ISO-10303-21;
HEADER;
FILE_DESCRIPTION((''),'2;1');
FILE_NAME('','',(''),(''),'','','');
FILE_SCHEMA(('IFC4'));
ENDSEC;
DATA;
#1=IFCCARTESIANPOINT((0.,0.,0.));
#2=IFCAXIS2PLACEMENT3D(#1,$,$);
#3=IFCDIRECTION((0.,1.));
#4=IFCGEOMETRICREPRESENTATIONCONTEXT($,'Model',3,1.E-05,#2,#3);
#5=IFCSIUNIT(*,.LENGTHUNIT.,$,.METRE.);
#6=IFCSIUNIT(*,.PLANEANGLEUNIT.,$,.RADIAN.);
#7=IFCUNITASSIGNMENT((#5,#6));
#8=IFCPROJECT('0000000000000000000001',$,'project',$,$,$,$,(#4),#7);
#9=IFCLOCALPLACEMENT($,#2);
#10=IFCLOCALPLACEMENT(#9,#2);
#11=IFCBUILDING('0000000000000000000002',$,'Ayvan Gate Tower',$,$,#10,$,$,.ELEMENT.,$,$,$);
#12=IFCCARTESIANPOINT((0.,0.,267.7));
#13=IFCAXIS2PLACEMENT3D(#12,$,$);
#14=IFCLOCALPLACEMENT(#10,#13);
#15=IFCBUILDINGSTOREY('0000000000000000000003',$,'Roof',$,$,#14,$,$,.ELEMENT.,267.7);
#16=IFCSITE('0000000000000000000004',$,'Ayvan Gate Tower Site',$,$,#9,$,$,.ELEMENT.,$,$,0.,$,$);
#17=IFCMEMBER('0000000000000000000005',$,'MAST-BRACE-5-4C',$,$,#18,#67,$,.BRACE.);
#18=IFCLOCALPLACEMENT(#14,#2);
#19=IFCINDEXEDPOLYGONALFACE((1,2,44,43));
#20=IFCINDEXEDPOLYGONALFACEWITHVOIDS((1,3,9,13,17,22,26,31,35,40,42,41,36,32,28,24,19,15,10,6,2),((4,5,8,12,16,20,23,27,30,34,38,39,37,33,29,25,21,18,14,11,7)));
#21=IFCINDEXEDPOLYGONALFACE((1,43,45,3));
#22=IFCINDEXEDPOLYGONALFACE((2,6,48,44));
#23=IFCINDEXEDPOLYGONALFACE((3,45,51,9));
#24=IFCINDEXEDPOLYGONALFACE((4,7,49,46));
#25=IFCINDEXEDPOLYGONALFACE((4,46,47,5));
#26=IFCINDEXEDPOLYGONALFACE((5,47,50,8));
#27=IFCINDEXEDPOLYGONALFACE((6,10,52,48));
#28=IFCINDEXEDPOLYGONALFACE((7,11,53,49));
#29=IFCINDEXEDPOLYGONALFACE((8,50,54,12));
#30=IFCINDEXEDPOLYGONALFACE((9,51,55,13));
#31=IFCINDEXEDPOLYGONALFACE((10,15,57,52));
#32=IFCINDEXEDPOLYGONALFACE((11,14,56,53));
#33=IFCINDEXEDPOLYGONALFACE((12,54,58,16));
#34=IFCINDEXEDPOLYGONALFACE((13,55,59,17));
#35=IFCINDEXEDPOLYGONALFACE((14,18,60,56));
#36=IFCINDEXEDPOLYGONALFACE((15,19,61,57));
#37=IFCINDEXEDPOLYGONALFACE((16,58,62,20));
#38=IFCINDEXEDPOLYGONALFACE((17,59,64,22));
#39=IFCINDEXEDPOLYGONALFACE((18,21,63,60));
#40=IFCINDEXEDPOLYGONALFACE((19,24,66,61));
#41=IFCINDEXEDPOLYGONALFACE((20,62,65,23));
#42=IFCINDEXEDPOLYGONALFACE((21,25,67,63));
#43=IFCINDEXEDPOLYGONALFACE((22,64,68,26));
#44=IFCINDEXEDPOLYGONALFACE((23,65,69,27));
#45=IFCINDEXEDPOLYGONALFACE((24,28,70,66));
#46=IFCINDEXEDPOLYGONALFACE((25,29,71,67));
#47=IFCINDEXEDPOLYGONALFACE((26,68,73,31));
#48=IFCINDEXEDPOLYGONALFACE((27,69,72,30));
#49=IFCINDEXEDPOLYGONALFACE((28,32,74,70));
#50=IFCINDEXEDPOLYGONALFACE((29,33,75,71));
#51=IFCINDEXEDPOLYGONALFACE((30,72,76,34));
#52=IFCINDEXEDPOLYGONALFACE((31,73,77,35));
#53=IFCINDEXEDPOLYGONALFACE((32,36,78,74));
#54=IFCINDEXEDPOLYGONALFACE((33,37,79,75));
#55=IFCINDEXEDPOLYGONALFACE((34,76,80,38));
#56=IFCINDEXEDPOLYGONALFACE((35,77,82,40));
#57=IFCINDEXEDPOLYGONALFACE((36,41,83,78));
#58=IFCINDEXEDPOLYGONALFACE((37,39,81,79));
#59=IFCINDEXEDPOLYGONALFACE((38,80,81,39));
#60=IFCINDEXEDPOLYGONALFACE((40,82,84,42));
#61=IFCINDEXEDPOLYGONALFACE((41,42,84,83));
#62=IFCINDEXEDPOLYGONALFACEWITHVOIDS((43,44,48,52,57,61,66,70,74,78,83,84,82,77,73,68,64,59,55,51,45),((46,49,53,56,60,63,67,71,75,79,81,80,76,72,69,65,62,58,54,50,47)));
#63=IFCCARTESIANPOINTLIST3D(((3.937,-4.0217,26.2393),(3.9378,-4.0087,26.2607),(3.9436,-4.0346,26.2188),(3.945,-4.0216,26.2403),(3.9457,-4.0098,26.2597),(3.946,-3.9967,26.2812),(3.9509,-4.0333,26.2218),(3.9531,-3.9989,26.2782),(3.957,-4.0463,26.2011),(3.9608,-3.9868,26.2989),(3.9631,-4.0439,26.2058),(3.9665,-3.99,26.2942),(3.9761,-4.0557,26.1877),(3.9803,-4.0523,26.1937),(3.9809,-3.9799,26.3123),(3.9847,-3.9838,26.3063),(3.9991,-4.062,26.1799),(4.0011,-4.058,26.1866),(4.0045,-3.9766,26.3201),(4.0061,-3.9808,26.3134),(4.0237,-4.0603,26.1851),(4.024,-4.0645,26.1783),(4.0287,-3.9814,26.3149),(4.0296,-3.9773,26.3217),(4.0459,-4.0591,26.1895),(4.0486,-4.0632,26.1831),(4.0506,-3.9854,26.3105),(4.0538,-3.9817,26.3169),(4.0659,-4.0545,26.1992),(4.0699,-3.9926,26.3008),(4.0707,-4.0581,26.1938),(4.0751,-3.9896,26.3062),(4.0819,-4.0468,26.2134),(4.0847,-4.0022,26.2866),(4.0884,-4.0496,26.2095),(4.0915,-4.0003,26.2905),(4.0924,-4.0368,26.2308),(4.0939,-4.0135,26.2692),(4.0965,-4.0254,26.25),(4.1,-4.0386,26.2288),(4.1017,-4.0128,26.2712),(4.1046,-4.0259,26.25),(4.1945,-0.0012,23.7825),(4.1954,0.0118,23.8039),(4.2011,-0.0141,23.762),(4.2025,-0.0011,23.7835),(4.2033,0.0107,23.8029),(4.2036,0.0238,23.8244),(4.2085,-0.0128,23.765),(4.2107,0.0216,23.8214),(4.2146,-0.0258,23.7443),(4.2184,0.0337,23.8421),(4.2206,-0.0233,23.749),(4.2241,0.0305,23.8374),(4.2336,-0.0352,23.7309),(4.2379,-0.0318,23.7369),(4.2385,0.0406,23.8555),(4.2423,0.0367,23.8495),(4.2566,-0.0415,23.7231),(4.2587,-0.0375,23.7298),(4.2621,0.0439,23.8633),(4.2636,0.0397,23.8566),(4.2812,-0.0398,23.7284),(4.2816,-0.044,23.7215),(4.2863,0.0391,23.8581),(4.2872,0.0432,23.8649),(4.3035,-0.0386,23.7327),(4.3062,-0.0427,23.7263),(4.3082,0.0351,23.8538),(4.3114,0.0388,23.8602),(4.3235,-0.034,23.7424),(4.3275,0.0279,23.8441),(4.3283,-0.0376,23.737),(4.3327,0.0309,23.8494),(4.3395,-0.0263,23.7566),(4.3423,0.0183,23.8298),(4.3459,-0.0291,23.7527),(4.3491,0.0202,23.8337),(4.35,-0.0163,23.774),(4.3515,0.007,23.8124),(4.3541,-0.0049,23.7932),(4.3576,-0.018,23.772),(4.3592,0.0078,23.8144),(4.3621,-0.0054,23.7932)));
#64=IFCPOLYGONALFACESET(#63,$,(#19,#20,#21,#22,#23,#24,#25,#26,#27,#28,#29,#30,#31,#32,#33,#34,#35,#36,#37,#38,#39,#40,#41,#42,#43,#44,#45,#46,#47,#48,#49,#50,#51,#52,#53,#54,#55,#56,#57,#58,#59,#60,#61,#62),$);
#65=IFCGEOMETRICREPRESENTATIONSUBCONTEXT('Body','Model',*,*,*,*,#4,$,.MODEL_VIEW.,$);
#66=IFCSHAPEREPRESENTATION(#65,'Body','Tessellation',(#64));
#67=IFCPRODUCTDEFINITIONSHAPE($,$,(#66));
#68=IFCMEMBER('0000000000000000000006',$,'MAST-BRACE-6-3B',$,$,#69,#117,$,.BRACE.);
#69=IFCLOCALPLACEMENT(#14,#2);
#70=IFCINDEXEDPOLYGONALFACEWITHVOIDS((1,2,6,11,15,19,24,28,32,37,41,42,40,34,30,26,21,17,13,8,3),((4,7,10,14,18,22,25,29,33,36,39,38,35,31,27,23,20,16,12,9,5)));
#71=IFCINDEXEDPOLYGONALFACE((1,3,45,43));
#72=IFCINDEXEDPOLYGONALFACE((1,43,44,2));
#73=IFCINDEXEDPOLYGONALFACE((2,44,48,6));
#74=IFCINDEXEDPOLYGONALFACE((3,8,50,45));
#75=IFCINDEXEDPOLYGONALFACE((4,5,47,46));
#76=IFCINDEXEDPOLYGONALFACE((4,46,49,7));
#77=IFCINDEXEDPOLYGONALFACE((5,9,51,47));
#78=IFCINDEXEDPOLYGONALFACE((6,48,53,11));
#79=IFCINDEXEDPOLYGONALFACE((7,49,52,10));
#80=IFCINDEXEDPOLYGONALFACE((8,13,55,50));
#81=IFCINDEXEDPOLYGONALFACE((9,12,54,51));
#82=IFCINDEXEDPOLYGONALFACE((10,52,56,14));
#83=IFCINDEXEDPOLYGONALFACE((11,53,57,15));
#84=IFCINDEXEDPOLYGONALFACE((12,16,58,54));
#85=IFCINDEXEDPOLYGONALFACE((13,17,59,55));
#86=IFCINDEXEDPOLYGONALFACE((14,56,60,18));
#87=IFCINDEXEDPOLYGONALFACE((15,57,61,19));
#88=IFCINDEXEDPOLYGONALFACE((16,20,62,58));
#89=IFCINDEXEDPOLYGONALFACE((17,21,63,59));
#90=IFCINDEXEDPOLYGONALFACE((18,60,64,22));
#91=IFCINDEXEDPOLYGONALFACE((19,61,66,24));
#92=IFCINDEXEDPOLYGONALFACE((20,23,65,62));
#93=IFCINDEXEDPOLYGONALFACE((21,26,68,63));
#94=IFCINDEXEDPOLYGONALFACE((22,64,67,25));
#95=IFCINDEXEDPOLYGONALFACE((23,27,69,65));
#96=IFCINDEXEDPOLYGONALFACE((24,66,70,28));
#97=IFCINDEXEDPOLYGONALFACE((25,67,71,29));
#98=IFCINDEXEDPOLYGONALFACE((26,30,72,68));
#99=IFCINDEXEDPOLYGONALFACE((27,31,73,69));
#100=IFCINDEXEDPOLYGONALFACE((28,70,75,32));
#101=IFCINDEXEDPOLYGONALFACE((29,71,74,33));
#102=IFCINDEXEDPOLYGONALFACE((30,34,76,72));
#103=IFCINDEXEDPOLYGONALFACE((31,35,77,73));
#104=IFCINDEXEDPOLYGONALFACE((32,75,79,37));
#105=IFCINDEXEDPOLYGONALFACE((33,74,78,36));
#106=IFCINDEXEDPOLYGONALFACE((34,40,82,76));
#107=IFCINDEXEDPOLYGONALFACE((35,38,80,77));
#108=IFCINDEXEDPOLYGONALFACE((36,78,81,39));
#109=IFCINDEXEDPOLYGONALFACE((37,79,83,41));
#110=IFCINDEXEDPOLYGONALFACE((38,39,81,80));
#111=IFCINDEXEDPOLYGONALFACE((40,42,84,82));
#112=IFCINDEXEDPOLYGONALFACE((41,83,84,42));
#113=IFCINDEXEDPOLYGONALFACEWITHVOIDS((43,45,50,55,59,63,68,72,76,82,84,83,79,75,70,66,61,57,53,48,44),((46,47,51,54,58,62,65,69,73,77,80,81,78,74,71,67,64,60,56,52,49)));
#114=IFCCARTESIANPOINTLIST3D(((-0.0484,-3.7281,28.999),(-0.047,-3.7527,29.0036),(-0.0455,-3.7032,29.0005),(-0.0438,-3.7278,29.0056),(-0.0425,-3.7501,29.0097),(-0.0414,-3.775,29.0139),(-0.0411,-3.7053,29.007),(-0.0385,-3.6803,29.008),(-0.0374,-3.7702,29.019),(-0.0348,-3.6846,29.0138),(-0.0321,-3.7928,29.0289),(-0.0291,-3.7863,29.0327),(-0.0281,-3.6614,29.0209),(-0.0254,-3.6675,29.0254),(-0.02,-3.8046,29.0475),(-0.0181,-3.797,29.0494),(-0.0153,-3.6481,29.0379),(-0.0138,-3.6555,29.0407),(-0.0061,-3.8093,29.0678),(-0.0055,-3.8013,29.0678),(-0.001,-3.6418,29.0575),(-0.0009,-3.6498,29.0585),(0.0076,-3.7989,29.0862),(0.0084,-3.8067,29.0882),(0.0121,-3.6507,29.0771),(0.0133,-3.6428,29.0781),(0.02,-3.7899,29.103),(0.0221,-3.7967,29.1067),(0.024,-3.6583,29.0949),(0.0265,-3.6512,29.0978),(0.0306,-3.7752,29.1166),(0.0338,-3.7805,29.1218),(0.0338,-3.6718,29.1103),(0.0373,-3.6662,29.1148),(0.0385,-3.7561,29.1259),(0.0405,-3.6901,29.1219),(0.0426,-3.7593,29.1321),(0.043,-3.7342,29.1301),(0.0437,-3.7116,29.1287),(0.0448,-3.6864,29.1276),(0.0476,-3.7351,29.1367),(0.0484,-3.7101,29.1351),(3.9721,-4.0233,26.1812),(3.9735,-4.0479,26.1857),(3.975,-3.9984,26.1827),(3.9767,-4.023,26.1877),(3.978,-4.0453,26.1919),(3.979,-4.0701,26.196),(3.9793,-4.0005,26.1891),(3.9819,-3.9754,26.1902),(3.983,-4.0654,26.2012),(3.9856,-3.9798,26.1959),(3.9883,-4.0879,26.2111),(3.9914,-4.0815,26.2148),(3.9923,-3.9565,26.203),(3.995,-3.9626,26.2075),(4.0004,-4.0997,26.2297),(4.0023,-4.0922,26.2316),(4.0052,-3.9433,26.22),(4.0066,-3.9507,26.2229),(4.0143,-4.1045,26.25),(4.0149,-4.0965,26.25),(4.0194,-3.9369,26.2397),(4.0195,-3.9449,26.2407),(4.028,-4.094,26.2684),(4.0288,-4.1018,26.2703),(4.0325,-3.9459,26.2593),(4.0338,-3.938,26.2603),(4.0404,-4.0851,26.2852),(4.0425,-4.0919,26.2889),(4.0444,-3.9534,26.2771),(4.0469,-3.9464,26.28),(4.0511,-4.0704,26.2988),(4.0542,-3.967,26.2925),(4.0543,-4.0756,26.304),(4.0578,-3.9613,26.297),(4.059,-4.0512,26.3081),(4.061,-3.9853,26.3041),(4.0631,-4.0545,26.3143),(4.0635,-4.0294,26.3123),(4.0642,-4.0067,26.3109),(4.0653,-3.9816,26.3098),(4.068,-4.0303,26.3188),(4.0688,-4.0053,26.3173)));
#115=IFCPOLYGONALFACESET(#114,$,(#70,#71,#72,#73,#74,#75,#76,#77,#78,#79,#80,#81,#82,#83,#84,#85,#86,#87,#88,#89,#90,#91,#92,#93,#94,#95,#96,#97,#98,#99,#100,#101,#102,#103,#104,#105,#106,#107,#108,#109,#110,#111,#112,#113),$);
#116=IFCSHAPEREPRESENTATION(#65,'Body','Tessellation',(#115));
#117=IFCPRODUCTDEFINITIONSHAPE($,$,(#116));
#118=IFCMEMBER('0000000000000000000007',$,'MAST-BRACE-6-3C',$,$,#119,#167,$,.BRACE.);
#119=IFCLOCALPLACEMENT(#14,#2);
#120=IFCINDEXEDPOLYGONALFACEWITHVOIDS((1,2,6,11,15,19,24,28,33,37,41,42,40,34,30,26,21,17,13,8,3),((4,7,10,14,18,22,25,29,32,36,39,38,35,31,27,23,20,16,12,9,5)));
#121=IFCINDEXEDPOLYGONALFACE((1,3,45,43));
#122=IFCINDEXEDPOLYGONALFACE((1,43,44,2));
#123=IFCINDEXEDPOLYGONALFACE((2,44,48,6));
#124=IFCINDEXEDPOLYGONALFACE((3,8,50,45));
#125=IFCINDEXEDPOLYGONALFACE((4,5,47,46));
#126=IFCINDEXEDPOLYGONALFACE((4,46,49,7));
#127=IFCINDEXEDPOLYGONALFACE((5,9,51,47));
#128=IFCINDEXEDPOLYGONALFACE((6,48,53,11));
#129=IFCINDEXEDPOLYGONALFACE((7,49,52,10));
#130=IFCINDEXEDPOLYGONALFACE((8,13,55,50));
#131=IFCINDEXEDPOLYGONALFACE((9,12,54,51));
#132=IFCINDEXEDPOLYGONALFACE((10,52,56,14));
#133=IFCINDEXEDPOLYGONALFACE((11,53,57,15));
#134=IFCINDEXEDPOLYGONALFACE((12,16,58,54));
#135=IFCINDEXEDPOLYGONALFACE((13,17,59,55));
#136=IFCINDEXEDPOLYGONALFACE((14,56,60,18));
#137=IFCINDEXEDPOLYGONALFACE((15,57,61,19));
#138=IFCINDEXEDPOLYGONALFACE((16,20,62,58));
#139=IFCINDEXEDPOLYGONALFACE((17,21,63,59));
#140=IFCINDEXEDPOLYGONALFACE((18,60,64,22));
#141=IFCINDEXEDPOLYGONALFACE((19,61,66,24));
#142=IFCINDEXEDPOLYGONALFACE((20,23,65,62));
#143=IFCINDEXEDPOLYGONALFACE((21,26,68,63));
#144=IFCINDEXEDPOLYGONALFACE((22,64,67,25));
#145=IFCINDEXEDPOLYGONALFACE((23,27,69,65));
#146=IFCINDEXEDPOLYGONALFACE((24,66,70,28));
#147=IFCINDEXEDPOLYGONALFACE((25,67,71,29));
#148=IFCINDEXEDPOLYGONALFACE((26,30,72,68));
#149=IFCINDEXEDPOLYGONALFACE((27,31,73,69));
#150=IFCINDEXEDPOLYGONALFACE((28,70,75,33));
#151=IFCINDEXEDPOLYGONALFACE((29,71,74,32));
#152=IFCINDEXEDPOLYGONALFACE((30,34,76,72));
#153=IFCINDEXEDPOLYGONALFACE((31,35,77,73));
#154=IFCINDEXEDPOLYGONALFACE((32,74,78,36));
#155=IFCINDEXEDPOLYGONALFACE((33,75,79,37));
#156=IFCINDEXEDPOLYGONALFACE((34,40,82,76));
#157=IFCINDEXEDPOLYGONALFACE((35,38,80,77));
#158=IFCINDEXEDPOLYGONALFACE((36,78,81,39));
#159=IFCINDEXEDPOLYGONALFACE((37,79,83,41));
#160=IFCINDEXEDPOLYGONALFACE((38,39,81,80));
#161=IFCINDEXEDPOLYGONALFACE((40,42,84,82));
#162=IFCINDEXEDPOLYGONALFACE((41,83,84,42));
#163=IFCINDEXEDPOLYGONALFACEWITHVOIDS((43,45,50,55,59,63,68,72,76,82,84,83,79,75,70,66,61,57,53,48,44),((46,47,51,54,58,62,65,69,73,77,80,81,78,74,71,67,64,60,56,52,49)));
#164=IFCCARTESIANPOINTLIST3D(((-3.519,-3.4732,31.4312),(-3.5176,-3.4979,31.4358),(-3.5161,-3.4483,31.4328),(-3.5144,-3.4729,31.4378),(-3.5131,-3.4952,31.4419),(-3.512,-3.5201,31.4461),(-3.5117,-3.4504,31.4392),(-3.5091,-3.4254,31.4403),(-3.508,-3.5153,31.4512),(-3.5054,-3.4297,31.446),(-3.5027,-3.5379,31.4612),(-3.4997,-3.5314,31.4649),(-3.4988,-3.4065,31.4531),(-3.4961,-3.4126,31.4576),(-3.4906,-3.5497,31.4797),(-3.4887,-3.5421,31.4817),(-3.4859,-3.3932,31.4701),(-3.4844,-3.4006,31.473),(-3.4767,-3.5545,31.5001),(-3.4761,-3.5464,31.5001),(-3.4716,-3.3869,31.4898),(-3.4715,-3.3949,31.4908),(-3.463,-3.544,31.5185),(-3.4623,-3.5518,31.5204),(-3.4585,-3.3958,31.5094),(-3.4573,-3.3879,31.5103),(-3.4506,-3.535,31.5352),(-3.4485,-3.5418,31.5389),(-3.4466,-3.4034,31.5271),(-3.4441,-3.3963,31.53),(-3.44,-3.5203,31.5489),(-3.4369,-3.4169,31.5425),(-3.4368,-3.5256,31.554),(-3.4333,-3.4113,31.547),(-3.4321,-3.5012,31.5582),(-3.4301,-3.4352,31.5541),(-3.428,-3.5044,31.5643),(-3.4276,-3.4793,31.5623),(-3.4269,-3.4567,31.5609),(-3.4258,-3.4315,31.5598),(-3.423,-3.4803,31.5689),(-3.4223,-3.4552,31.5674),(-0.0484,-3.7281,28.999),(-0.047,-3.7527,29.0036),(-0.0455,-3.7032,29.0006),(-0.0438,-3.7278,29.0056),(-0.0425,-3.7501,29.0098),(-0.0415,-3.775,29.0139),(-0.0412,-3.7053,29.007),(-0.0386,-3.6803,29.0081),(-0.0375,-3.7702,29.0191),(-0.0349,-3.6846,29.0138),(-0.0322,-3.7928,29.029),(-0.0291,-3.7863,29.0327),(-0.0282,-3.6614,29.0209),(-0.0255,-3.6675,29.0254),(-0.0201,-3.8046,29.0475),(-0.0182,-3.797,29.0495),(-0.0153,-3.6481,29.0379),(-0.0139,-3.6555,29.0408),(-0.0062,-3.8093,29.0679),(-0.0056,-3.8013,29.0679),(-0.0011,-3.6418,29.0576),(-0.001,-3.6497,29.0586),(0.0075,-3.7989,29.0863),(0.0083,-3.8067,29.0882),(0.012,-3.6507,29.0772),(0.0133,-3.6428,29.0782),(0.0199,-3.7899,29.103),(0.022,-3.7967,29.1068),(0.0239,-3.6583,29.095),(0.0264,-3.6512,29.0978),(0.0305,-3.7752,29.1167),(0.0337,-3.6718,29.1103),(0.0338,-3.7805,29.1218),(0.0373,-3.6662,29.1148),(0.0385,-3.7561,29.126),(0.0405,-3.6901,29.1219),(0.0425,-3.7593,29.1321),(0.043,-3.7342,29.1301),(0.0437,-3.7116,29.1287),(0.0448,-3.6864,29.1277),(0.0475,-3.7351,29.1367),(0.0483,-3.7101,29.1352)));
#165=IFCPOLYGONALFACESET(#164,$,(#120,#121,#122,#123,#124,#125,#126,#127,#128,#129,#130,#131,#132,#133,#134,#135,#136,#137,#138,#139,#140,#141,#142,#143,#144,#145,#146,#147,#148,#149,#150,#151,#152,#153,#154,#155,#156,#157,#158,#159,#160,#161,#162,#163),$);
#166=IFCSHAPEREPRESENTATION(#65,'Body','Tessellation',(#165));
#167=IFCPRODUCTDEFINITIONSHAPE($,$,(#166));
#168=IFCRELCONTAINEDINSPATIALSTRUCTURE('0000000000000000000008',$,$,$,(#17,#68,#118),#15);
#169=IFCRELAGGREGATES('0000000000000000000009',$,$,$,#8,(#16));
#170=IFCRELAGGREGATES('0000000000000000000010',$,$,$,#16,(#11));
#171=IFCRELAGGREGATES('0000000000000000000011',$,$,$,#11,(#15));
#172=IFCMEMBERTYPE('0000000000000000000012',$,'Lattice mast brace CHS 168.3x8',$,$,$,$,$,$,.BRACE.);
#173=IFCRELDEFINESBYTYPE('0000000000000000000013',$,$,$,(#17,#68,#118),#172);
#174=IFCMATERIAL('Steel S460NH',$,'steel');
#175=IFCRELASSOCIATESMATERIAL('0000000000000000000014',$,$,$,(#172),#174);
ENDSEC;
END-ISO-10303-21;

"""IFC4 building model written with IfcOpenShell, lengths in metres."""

from ifc_helpers import new_model, si_unit, direction, frame, origin, origin_2d, place, context, subcontext, project, spatial, hollow_circle, extrude, material, material_profile, profile_set, type_object, element, save


model = new_model("IFC4")

# Units and contexts
model_context = context("Model", 3, precision=1e-05, world=origin(), true_north=direction((0.0, 1.0)))
body_context = subcontext(model_context, "Body", "Model", "MODEL_VIEW")
ifc_project = project(units=[si_unit("LENGTHUNIT", "METRE"), si_unit("PLANEANGLEUNIT", "RADIAN")], contexts=[model_context])

# Site, building, storey
site_placement = place(None, origin())
site = spatial("IfcSite", under=ifc_project, at=site_placement, Name="Ayvan Gate Tower Site", CompositionType="ELEMENT", RefElevation=0.0)
building_placement = place(site_placement, origin())
building = spatial("IfcBuilding", under=site, at=building_placement, Name="Ayvan Gate Tower", CompositionType="ELEMENT")
storey_placement = place(building_placement, frame((0.0, 0.0, 267.7)))
storey = spatial("IfcBuildingStorey", under=building, at=storey_placement, Name="Roof", CompositionType="ELEMENT", Elevation=267.7)

# Members
ifc_material_1 = material(Name="Steel S460NH", Category="steel")
ifc_material_profile_1 = material_profile(ifc_material_1, hollow_circle(Radius=0.0842, WallThickness=0.0081, at=origin_2d()), Name="CHS 168.3x8")
ifc_profile_set_1 = profile_set([ifc_material_profile_1], Name="Steel S460NH")
member_type_1 = type_object("IfcMemberType", Name="Lattice mast brace CHS 168.3x8", PredefinedType="BRACE", material=ifc_profile_set_1)
member_1_placement = place(storey_placement, frame((4.2781, 0.0, 23.7932), z_axis=(-0.054584, -0.852028, 0.520643), x_axis=(0.997954, -0.063933, 0.0)))
element("IfcMember", 1, at=member_1_placement, inside=storey, type_object=member_type_1, Name="MAST-BRACE-5-4C", PredefinedType="BRACE", context=body_context, shape_type="SweptSolid", body=[
    extrude(hollow_circle(Radius=0.0842, WallThickness=0.0081, at=origin_2d()), origin(), (0.0, 0.0, 1.0), 4.7188),
])
member_2_placement = place(storey_placement, frame((4.0205, -4.0205, 26.25), z_axis=(-0.817419, 0.060011, 0.572908), x_axis=(-0.073218, -0.997316, 0.0)))
element("IfcMember", 2, at=member_2_placement, inside=storey, type_object=member_type_1, Name="MAST-BRACE-6-3B", PredefinedType="BRACE", context=body_context, shape_type="SweptSolid", body=[
    extrude(hollow_circle(Radius=0.0842, WallThickness=0.0081, at=origin_2d()), origin(), (0.0, 0.0, 1.0), 4.9185),
])
member_3_placement = place(storey_placement, frame((0.0, -3.7253, 29.0679), z_axis=(-0.817443, 0.060036, 0.572872), x_axis=(-0.073246, -0.997314, 0.0)))
element("IfcMember", 3, at=member_3_placement, inside=storey, type_object=member_type_1, Name="MAST-BRACE-6-3C", PredefinedType="BRACE", context=body_context, shape_type="SweptSolid", body=[
    extrude(hollow_circle(Radius=0.0842, WallThickness=0.0081, at=origin_2d()), origin(), (0.0, 0.0, 1.0), 4.2456),
])

save(model, "model.ifc")
